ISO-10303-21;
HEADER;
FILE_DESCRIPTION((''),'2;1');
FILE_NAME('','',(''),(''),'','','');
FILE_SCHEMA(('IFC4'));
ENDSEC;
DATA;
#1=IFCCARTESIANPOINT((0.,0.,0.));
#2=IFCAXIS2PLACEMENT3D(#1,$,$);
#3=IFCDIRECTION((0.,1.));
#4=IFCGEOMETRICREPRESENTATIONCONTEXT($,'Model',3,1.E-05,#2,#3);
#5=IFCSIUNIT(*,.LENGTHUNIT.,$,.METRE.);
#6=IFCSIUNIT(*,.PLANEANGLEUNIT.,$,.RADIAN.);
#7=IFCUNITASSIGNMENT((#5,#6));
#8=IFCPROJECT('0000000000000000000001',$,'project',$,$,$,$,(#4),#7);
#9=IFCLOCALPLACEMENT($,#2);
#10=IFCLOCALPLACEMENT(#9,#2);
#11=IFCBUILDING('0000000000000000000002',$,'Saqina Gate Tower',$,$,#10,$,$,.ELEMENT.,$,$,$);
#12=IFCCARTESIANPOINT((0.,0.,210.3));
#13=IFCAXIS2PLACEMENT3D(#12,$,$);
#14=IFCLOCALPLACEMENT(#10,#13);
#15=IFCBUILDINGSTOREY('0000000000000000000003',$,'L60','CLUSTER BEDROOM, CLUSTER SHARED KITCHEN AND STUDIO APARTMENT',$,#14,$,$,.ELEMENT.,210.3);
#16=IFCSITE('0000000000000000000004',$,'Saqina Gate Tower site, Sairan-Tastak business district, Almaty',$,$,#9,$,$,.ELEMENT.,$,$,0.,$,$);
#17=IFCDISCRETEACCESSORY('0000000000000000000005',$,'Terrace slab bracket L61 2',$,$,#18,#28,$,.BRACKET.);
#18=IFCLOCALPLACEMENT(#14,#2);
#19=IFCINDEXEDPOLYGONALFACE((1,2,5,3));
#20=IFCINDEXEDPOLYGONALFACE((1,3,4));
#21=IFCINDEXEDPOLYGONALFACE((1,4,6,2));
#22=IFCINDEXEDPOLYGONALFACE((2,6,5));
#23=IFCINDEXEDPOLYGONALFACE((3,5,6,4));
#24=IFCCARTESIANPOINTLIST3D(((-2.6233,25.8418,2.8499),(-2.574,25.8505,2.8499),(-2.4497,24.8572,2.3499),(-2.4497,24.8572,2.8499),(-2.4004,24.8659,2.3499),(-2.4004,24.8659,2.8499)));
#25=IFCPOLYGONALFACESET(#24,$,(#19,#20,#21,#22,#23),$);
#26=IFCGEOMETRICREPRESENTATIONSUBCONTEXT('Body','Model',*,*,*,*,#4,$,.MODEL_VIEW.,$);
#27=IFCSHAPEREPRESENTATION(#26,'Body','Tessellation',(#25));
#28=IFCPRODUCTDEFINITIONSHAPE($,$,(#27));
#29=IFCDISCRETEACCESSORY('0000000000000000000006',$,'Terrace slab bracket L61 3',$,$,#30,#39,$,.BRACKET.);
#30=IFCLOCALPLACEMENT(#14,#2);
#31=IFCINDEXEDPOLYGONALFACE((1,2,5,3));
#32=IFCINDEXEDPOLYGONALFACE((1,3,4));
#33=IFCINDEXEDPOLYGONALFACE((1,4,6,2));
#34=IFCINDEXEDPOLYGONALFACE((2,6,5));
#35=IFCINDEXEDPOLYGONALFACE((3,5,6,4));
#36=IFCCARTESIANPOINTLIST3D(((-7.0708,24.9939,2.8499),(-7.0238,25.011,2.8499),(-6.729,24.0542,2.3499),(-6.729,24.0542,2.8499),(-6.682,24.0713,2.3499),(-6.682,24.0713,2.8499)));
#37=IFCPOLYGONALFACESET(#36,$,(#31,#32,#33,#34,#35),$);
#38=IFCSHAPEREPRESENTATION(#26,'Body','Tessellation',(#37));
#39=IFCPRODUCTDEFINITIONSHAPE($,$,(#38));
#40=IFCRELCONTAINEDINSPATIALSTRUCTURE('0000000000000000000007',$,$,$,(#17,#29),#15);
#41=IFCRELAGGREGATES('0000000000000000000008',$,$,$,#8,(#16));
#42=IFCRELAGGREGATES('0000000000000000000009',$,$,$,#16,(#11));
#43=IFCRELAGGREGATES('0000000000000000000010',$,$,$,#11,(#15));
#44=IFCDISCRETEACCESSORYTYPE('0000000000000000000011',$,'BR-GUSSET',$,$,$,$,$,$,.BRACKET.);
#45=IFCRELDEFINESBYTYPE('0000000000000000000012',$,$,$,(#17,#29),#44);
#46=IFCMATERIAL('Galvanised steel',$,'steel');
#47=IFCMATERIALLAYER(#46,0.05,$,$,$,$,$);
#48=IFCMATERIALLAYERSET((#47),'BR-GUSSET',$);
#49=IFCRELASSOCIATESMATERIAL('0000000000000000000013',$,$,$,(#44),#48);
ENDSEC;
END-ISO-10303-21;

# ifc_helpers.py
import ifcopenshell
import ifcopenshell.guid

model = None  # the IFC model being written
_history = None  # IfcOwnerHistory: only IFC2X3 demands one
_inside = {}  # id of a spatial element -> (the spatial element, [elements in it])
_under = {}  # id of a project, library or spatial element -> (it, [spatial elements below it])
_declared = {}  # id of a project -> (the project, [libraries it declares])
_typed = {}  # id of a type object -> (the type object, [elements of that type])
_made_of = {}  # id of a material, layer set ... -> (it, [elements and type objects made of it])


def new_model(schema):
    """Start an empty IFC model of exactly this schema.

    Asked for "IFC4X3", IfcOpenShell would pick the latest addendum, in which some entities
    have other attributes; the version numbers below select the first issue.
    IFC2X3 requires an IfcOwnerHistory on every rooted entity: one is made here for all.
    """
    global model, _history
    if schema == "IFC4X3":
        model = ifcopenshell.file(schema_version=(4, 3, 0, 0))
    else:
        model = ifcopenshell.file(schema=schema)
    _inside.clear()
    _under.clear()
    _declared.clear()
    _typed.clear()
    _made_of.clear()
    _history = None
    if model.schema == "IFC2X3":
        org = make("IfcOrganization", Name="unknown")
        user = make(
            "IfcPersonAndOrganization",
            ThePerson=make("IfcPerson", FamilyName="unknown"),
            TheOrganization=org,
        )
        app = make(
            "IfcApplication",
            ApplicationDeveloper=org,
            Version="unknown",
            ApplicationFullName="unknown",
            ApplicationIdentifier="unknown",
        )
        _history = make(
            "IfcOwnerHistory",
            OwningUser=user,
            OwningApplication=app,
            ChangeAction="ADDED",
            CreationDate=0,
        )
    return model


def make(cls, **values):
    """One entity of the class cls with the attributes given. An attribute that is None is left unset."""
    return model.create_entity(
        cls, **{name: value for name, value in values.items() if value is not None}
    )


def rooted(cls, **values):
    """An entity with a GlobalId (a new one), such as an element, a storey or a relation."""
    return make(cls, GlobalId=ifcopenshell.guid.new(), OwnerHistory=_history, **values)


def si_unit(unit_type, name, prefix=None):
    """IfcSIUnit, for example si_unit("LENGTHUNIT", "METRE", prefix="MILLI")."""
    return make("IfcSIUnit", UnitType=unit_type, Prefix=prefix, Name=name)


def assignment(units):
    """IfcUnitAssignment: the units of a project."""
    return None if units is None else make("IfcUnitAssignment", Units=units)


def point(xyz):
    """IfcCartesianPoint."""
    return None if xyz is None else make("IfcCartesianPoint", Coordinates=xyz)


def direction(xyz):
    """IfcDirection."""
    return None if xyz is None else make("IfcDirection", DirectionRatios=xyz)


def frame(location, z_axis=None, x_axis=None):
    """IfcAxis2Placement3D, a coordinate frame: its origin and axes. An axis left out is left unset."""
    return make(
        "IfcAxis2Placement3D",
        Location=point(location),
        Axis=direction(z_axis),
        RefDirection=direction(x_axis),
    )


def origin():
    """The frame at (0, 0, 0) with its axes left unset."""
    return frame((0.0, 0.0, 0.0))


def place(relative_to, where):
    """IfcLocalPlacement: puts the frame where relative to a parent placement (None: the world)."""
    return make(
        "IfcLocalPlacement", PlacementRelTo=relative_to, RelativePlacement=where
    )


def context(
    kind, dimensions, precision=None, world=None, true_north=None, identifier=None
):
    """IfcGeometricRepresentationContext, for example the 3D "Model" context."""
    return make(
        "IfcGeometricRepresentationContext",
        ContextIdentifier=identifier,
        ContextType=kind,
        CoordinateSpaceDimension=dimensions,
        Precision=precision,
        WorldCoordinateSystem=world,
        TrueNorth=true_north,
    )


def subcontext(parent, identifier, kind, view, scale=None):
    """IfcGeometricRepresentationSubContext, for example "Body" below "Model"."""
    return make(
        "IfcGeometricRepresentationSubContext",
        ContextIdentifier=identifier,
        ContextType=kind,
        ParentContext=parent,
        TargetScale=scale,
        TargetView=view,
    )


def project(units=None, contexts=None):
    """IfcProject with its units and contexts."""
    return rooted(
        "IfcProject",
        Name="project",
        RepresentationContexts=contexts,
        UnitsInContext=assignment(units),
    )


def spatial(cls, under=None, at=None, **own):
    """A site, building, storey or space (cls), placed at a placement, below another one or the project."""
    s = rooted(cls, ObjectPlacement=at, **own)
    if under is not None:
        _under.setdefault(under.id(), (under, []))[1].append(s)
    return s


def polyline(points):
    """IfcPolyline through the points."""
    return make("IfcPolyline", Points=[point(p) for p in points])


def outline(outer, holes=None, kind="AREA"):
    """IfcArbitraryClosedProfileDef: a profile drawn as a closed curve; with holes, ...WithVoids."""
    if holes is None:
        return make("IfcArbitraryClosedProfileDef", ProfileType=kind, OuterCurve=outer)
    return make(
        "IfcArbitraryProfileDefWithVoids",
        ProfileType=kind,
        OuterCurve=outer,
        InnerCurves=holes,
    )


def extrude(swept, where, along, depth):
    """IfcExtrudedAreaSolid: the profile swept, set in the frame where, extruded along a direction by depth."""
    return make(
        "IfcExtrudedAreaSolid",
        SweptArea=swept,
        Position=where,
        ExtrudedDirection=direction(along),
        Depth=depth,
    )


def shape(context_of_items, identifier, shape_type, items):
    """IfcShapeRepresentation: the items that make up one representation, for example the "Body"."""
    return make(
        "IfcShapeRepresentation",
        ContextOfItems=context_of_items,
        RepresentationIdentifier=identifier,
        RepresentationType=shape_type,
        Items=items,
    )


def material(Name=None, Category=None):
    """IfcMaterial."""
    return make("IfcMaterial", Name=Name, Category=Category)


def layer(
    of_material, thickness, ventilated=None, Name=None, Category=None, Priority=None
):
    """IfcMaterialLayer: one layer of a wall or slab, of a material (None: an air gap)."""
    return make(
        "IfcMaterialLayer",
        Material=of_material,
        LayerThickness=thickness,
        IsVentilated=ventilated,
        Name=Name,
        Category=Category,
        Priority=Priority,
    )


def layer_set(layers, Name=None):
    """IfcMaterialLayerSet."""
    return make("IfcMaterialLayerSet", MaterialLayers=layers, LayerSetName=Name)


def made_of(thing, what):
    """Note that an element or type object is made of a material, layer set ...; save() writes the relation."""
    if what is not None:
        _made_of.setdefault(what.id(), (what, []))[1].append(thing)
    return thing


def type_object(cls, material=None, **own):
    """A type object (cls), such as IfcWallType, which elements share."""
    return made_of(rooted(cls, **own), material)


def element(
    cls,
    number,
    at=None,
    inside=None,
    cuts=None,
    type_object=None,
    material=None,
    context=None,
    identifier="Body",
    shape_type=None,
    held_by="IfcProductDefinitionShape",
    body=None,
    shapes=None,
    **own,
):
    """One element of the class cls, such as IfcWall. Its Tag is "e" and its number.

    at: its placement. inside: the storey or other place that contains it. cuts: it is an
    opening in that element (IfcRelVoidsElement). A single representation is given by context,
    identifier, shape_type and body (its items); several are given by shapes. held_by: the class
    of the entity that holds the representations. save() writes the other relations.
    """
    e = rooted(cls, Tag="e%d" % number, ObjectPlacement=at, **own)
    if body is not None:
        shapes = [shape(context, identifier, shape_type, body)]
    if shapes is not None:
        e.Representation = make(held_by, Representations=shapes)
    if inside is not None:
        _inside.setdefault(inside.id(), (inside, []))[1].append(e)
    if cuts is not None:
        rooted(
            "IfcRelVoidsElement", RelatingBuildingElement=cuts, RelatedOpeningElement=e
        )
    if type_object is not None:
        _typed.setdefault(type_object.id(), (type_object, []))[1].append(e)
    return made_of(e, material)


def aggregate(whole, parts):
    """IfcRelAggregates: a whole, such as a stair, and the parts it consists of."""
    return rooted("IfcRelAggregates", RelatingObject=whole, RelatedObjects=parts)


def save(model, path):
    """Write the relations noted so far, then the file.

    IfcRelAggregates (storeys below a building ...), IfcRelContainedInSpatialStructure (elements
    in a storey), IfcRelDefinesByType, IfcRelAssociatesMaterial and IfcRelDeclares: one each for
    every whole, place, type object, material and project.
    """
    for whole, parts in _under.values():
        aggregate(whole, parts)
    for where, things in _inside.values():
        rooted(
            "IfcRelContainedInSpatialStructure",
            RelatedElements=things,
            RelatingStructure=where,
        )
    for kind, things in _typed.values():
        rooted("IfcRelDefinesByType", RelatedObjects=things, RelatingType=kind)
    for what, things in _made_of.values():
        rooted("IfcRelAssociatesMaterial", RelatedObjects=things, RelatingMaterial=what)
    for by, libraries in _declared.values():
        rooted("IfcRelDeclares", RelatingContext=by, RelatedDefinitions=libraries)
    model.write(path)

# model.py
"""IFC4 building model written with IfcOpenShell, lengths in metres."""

from ifc_helpers import new_model, si_unit, direction, frame, origin, place, context, subcontext, project, spatial, polyline, outline, extrude, material, layer, layer_set, type_object, element, save


model = new_model("IFC4")

# Units and contexts
model_context = context("Model", 3, precision=1e-05, world=origin(), true_north=direction((0.0, 1.0)))
body_context = subcontext(model_context, "Body", "Model", "MODEL_VIEW")
ifc_project = project(units=[si_unit("LENGTHUNIT", "METRE"), si_unit("PLANEANGLEUNIT", "RADIAN")], contexts=[model_context])

# Site, building, storey
site_placement = place(None, origin())
site = spatial("IfcSite", under=ifc_project, at=site_placement, Name="Saqina Gate Tower site, Sairan-Tastak business district, Almaty", CompositionType="ELEMENT", RefElevation=0.0)
building_placement = place(site_placement, origin())
building = spatial("IfcBuilding", under=site, at=building_placement, Name="Saqina Gate Tower", CompositionType="ELEMENT")
storey_placement = place(building_placement, frame((0.0, 0.0, 210.3)))
storey = spatial("IfcBuildingStorey", under=building, at=storey_placement, Name="L60", Description="CLUSTER BEDROOM, CLUSTER SHARED KITCHEN AND STUDIO APARTMENT", CompositionType="ELEMENT", Elevation=210.3)

# Discrete accessories
ifc_material_1 = material(Name="Galvanised steel", Category="steel")
ifc_layer_1 = layer(ifc_material_1, 0.05)
ifc_layer_set_1 = layer_set([ifc_layer_1], Name="BR-GUSSET")
discrete_accessory_type_1 = type_object("IfcDiscreteAccessoryType", Name="BR-GUSSET", PredefinedType="BRACKET", material=ifc_layer_set_1)
discrete_accessory_1_placement = place(storey_placement, frame((-2.4497, 24.8572, 2.3499), z_axis=(-0.984813, -0.173618, 0.0), x_axis=(0.0, 0.0, 1.0)))
element("IfcDiscreteAccessory", 1, at=discrete_accessory_1_placement, inside=storey, type_object=discrete_accessory_type_1, Name="Terrace slab bracket L61 2", PredefinedType="BRACKET", context=body_context, shape_type="SweptSolid", body=[
    extrude(outline(polyline([(0.0, 0.0), (0.5, 0.0), (0.5, 0.9998), (0.0, 0.0)])), origin(), (0.0, 0.0, -1.0), 0.05),
])
discrete_accessory_2_placement = place(storey_placement, frame((-6.729, 24.0542, 2.3499), z_axis=(-0.939765, -0.341821, 0.0), x_axis=(0.0, 0.0, 1.0)))
element("IfcDiscreteAccessory", 2, at=discrete_accessory_2_placement, inside=storey, type_object=discrete_accessory_type_1, Name="Terrace slab bracket L61 3", PredefinedType="BRACKET", context=body_context, shape_type="SweptSolid", body=[
    extrude(outline(polyline([(0.0, 0.0), (0.5, 0.0), (0.5, 0.9999), (0.0, 0.0)])), origin(), (0.0, 0.0, -1.0), 0.05),
])

save(model, "model.ifc")
